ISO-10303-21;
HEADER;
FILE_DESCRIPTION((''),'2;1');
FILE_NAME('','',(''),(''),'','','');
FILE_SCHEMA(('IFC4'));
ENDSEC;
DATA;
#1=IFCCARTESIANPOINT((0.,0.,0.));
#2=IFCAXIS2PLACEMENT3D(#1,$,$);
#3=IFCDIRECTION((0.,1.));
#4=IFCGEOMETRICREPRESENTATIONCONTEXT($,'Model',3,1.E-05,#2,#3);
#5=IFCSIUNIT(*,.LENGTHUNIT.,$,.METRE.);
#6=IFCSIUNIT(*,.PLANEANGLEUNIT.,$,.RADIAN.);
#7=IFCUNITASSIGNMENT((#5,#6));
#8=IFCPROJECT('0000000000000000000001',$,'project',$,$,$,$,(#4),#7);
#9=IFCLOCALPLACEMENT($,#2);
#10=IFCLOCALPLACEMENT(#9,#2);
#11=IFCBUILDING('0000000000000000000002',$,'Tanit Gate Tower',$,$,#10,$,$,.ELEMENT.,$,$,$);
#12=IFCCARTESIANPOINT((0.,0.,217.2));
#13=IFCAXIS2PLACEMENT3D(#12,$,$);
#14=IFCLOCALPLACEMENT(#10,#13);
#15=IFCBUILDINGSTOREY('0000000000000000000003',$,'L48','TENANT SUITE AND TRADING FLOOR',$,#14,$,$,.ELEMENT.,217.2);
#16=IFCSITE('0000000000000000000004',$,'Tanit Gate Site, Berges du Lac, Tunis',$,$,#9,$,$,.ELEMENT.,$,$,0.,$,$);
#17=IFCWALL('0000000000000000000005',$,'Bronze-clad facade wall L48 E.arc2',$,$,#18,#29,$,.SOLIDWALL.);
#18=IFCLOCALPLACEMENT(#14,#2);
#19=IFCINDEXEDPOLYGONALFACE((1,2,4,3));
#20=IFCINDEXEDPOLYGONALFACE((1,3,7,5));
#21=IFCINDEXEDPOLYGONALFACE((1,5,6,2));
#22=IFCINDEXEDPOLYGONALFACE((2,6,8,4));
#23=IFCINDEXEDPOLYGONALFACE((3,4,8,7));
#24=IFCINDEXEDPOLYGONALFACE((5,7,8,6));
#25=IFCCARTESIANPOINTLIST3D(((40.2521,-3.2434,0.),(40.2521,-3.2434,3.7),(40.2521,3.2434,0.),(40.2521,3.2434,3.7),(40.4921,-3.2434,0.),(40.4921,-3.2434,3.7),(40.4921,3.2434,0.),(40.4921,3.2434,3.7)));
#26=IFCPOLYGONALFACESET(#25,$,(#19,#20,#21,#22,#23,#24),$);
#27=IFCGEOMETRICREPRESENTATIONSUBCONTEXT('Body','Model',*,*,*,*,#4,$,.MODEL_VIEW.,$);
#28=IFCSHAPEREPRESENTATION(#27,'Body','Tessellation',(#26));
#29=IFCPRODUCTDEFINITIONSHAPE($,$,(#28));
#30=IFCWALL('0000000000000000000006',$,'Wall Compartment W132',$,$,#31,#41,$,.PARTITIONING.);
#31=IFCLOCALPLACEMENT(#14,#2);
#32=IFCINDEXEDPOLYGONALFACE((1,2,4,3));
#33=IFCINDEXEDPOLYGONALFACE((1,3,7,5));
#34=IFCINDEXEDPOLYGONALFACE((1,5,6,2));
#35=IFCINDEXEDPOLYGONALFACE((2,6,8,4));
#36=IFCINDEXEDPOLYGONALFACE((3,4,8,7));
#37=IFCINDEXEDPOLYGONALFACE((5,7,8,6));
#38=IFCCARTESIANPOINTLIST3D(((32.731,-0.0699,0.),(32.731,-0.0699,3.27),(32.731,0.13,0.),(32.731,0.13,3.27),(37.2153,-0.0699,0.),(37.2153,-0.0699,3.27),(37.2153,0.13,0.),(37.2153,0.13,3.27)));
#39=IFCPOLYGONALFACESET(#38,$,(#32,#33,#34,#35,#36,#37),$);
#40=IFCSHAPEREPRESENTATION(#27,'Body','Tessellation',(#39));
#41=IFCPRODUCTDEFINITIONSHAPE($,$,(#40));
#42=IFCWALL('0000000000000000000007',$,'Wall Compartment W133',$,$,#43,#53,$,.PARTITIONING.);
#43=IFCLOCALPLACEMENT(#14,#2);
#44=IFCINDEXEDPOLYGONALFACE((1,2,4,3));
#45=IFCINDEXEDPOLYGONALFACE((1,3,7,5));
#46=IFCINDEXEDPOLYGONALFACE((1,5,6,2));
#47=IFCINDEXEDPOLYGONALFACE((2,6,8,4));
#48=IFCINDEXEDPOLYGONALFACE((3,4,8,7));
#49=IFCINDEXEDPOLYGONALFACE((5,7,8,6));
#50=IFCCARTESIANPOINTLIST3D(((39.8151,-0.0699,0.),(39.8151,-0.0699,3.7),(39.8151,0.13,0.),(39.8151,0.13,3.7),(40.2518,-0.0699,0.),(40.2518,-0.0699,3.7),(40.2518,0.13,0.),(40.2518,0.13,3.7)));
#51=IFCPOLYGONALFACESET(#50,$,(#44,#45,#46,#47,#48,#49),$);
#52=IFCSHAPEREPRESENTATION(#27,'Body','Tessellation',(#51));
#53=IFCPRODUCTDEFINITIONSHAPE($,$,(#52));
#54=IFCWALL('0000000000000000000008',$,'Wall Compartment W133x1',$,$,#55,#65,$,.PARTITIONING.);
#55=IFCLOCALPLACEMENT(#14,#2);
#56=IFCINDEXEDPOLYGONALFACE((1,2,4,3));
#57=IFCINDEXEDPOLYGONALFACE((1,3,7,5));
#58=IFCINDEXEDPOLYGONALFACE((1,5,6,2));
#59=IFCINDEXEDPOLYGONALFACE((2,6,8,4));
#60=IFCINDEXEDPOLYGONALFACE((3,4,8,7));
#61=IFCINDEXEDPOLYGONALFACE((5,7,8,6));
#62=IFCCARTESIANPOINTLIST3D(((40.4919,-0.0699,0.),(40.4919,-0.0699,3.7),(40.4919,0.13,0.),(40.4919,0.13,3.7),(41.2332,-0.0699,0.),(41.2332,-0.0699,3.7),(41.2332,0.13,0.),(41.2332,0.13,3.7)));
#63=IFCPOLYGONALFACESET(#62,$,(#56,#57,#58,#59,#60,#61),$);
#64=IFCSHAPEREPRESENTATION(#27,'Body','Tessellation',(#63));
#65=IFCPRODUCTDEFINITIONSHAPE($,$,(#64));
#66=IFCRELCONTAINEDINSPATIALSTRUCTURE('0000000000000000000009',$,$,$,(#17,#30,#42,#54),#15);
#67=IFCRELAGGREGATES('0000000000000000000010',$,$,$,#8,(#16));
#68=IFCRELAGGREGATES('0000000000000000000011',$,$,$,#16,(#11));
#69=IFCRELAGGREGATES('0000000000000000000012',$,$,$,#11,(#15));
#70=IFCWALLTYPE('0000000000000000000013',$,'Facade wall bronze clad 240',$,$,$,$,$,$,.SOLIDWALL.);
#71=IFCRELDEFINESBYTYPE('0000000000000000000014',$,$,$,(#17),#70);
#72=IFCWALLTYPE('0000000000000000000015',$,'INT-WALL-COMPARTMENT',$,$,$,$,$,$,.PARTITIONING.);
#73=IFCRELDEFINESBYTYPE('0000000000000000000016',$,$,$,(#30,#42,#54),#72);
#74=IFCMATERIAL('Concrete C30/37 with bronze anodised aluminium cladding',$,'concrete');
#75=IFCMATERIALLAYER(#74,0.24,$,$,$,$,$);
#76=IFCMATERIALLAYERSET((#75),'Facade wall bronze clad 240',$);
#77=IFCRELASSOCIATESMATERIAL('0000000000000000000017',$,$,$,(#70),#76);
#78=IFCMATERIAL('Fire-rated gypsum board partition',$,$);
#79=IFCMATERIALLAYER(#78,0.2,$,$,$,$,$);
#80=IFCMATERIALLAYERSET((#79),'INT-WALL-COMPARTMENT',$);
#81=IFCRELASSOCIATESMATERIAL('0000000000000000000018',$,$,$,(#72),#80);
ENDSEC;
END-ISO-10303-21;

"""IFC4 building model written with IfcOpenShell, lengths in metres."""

from ifc_helpers import new_model, si_unit, direction, frame, frame_2d, origin, place, context, subcontext, project, spatial, rectangle, extrude, material, layer, layer_set, type_object, element, save


model = new_model("IFC4")

# Units and contexts
model_context = context("Model", 3, precision=1e-05, world=origin(), true_north=direction((0.0, 1.0)))
body_context = subcontext(model_context, "Body", "Model", "MODEL_VIEW")
ifc_project = project(units=[si_unit("LENGTHUNIT", "METRE"), si_unit("PLANEANGLEUNIT", "RADIAN")], contexts=[model_context])

# Site, building, storey
site_placement = place(None, origin())
site = spatial("IfcSite", under=ifc_project, at=site_placement, Name="Tanit Gate Site, Berges du Lac, Tunis", CompositionType="ELEMENT", RefElevation=0.0)
building_placement = place(site_placement, origin())
building = spatial("IfcBuilding", under=site, at=building_placement, Name="Tanit Gate Tower", CompositionType="ELEMENT")
storey_placement = place(building_placement, frame((0.0, 0.0, 217.2)))
storey = spatial("IfcBuildingStorey", under=building, at=storey_placement, Name="L48", Description="TENANT SUITE AND TRADING FLOOR", CompositionType="ELEMENT", Elevation=217.2)

# Walls
ifc_material_1 = material(Name="Concrete C30/37 with bronze anodised aluminium cladding", Category="concrete")
ifc_layer_1 = layer(ifc_material_1, 0.24)
ifc_layer_set_1 = layer_set([ifc_layer_1], Name="Facade wall bronze clad 240")
wall_type_1 = type_object("IfcWallType", Name="Facade wall bronze clad 240", PredefinedType="SOLIDWALL", material=ifc_layer_set_1)
wall_1_placement = place(storey_placement, frame((40.3721, -3.2434, 0.0), z_axis=(0.0, 0.0, 1.0), x_axis=(0.0, 1.0, 0.0)))
element("IfcWall", 1, at=wall_1_placement, inside=storey, type_object=wall_type_1, Name="Bronze-clad facade wall L48 E.arc2", PredefinedType="SOLIDWALL", context=body_context, shape_type="SweptSolid", body=[
    extrude(rectangle(XDim=6.4868, YDim=0.24, at=frame_2d((3.2434, 0.0))), origin(), (0.0, 0.0, 1.0), 3.7),
])
ifc_material_2 = material(Name="Fire-rated gypsum board partition")
ifc_layer_2 = layer(ifc_material_2, 0.2)
ifc_layer_set_2 = layer_set([ifc_layer_2], Name="INT-WALL-COMPARTMENT")
wall_type_2 = type_object("IfcWallType", Name="INT-WALL-COMPARTMENT", PredefinedType="PARTITIONING", material=ifc_layer_set_2)
wall_2_placement = place(storey_placement, frame((32.731, 0.03, 0.0), z_axis=(0.0, 0.0, 1.0), x_axis=(1.0, 0.0, 0.0)))
element("IfcWall", 2, at=wall_2_placement, inside=storey, type_object=wall_type_2, Name="Wall Compartment W132", PredefinedType="PARTITIONING", context=body_context, shape_type="SweptSolid", body=[
    extrude(rectangle(XDim=4.4844, YDim=0.2, at=frame_2d((2.2422, 0.0))), origin(), (0.0, 0.0, 1.0), 3.27),
])
wall_3_placement = place(storey_placement, frame((39.8152, 0.03, 0.0), z_axis=(0.0, 0.0, 1.0), x_axis=(1.0, 0.0, 0.0)))
element("IfcWall", 3, at=wall_3_placement, inside=storey, type_object=wall_type_2, Name="Wall Compartment W133", PredefinedType="PARTITIONING", context=body_context, shape_type="SweptSolid", body=[
    extrude(rectangle(XDim=0.4368, YDim=0.2, at=frame_2d((0.2183, 0.0))), origin(), (0.0, 0.0, 1.0), 3.7),
])
wall_4_placement = place(storey_placement, frame((40.4919, 0.03, 0.0), z_axis=(0.0, 0.0, 1.0), x_axis=(1.0, 0.0, 0.0)))
element("IfcWall", 4, at=wall_4_placement, inside=storey, type_object=wall_type_2, Name="Wall Compartment W133x1", PredefinedType="PARTITIONING", context=body_context, shape_type="SweptSolid", body=[
    extrude(rectangle(XDim=0.7412, YDim=0.2, at=frame_2d((0.3706, 0.0))), origin(), (0.0, 0.0, 1.0), 3.7),
])

save(model, "model.ifc")
